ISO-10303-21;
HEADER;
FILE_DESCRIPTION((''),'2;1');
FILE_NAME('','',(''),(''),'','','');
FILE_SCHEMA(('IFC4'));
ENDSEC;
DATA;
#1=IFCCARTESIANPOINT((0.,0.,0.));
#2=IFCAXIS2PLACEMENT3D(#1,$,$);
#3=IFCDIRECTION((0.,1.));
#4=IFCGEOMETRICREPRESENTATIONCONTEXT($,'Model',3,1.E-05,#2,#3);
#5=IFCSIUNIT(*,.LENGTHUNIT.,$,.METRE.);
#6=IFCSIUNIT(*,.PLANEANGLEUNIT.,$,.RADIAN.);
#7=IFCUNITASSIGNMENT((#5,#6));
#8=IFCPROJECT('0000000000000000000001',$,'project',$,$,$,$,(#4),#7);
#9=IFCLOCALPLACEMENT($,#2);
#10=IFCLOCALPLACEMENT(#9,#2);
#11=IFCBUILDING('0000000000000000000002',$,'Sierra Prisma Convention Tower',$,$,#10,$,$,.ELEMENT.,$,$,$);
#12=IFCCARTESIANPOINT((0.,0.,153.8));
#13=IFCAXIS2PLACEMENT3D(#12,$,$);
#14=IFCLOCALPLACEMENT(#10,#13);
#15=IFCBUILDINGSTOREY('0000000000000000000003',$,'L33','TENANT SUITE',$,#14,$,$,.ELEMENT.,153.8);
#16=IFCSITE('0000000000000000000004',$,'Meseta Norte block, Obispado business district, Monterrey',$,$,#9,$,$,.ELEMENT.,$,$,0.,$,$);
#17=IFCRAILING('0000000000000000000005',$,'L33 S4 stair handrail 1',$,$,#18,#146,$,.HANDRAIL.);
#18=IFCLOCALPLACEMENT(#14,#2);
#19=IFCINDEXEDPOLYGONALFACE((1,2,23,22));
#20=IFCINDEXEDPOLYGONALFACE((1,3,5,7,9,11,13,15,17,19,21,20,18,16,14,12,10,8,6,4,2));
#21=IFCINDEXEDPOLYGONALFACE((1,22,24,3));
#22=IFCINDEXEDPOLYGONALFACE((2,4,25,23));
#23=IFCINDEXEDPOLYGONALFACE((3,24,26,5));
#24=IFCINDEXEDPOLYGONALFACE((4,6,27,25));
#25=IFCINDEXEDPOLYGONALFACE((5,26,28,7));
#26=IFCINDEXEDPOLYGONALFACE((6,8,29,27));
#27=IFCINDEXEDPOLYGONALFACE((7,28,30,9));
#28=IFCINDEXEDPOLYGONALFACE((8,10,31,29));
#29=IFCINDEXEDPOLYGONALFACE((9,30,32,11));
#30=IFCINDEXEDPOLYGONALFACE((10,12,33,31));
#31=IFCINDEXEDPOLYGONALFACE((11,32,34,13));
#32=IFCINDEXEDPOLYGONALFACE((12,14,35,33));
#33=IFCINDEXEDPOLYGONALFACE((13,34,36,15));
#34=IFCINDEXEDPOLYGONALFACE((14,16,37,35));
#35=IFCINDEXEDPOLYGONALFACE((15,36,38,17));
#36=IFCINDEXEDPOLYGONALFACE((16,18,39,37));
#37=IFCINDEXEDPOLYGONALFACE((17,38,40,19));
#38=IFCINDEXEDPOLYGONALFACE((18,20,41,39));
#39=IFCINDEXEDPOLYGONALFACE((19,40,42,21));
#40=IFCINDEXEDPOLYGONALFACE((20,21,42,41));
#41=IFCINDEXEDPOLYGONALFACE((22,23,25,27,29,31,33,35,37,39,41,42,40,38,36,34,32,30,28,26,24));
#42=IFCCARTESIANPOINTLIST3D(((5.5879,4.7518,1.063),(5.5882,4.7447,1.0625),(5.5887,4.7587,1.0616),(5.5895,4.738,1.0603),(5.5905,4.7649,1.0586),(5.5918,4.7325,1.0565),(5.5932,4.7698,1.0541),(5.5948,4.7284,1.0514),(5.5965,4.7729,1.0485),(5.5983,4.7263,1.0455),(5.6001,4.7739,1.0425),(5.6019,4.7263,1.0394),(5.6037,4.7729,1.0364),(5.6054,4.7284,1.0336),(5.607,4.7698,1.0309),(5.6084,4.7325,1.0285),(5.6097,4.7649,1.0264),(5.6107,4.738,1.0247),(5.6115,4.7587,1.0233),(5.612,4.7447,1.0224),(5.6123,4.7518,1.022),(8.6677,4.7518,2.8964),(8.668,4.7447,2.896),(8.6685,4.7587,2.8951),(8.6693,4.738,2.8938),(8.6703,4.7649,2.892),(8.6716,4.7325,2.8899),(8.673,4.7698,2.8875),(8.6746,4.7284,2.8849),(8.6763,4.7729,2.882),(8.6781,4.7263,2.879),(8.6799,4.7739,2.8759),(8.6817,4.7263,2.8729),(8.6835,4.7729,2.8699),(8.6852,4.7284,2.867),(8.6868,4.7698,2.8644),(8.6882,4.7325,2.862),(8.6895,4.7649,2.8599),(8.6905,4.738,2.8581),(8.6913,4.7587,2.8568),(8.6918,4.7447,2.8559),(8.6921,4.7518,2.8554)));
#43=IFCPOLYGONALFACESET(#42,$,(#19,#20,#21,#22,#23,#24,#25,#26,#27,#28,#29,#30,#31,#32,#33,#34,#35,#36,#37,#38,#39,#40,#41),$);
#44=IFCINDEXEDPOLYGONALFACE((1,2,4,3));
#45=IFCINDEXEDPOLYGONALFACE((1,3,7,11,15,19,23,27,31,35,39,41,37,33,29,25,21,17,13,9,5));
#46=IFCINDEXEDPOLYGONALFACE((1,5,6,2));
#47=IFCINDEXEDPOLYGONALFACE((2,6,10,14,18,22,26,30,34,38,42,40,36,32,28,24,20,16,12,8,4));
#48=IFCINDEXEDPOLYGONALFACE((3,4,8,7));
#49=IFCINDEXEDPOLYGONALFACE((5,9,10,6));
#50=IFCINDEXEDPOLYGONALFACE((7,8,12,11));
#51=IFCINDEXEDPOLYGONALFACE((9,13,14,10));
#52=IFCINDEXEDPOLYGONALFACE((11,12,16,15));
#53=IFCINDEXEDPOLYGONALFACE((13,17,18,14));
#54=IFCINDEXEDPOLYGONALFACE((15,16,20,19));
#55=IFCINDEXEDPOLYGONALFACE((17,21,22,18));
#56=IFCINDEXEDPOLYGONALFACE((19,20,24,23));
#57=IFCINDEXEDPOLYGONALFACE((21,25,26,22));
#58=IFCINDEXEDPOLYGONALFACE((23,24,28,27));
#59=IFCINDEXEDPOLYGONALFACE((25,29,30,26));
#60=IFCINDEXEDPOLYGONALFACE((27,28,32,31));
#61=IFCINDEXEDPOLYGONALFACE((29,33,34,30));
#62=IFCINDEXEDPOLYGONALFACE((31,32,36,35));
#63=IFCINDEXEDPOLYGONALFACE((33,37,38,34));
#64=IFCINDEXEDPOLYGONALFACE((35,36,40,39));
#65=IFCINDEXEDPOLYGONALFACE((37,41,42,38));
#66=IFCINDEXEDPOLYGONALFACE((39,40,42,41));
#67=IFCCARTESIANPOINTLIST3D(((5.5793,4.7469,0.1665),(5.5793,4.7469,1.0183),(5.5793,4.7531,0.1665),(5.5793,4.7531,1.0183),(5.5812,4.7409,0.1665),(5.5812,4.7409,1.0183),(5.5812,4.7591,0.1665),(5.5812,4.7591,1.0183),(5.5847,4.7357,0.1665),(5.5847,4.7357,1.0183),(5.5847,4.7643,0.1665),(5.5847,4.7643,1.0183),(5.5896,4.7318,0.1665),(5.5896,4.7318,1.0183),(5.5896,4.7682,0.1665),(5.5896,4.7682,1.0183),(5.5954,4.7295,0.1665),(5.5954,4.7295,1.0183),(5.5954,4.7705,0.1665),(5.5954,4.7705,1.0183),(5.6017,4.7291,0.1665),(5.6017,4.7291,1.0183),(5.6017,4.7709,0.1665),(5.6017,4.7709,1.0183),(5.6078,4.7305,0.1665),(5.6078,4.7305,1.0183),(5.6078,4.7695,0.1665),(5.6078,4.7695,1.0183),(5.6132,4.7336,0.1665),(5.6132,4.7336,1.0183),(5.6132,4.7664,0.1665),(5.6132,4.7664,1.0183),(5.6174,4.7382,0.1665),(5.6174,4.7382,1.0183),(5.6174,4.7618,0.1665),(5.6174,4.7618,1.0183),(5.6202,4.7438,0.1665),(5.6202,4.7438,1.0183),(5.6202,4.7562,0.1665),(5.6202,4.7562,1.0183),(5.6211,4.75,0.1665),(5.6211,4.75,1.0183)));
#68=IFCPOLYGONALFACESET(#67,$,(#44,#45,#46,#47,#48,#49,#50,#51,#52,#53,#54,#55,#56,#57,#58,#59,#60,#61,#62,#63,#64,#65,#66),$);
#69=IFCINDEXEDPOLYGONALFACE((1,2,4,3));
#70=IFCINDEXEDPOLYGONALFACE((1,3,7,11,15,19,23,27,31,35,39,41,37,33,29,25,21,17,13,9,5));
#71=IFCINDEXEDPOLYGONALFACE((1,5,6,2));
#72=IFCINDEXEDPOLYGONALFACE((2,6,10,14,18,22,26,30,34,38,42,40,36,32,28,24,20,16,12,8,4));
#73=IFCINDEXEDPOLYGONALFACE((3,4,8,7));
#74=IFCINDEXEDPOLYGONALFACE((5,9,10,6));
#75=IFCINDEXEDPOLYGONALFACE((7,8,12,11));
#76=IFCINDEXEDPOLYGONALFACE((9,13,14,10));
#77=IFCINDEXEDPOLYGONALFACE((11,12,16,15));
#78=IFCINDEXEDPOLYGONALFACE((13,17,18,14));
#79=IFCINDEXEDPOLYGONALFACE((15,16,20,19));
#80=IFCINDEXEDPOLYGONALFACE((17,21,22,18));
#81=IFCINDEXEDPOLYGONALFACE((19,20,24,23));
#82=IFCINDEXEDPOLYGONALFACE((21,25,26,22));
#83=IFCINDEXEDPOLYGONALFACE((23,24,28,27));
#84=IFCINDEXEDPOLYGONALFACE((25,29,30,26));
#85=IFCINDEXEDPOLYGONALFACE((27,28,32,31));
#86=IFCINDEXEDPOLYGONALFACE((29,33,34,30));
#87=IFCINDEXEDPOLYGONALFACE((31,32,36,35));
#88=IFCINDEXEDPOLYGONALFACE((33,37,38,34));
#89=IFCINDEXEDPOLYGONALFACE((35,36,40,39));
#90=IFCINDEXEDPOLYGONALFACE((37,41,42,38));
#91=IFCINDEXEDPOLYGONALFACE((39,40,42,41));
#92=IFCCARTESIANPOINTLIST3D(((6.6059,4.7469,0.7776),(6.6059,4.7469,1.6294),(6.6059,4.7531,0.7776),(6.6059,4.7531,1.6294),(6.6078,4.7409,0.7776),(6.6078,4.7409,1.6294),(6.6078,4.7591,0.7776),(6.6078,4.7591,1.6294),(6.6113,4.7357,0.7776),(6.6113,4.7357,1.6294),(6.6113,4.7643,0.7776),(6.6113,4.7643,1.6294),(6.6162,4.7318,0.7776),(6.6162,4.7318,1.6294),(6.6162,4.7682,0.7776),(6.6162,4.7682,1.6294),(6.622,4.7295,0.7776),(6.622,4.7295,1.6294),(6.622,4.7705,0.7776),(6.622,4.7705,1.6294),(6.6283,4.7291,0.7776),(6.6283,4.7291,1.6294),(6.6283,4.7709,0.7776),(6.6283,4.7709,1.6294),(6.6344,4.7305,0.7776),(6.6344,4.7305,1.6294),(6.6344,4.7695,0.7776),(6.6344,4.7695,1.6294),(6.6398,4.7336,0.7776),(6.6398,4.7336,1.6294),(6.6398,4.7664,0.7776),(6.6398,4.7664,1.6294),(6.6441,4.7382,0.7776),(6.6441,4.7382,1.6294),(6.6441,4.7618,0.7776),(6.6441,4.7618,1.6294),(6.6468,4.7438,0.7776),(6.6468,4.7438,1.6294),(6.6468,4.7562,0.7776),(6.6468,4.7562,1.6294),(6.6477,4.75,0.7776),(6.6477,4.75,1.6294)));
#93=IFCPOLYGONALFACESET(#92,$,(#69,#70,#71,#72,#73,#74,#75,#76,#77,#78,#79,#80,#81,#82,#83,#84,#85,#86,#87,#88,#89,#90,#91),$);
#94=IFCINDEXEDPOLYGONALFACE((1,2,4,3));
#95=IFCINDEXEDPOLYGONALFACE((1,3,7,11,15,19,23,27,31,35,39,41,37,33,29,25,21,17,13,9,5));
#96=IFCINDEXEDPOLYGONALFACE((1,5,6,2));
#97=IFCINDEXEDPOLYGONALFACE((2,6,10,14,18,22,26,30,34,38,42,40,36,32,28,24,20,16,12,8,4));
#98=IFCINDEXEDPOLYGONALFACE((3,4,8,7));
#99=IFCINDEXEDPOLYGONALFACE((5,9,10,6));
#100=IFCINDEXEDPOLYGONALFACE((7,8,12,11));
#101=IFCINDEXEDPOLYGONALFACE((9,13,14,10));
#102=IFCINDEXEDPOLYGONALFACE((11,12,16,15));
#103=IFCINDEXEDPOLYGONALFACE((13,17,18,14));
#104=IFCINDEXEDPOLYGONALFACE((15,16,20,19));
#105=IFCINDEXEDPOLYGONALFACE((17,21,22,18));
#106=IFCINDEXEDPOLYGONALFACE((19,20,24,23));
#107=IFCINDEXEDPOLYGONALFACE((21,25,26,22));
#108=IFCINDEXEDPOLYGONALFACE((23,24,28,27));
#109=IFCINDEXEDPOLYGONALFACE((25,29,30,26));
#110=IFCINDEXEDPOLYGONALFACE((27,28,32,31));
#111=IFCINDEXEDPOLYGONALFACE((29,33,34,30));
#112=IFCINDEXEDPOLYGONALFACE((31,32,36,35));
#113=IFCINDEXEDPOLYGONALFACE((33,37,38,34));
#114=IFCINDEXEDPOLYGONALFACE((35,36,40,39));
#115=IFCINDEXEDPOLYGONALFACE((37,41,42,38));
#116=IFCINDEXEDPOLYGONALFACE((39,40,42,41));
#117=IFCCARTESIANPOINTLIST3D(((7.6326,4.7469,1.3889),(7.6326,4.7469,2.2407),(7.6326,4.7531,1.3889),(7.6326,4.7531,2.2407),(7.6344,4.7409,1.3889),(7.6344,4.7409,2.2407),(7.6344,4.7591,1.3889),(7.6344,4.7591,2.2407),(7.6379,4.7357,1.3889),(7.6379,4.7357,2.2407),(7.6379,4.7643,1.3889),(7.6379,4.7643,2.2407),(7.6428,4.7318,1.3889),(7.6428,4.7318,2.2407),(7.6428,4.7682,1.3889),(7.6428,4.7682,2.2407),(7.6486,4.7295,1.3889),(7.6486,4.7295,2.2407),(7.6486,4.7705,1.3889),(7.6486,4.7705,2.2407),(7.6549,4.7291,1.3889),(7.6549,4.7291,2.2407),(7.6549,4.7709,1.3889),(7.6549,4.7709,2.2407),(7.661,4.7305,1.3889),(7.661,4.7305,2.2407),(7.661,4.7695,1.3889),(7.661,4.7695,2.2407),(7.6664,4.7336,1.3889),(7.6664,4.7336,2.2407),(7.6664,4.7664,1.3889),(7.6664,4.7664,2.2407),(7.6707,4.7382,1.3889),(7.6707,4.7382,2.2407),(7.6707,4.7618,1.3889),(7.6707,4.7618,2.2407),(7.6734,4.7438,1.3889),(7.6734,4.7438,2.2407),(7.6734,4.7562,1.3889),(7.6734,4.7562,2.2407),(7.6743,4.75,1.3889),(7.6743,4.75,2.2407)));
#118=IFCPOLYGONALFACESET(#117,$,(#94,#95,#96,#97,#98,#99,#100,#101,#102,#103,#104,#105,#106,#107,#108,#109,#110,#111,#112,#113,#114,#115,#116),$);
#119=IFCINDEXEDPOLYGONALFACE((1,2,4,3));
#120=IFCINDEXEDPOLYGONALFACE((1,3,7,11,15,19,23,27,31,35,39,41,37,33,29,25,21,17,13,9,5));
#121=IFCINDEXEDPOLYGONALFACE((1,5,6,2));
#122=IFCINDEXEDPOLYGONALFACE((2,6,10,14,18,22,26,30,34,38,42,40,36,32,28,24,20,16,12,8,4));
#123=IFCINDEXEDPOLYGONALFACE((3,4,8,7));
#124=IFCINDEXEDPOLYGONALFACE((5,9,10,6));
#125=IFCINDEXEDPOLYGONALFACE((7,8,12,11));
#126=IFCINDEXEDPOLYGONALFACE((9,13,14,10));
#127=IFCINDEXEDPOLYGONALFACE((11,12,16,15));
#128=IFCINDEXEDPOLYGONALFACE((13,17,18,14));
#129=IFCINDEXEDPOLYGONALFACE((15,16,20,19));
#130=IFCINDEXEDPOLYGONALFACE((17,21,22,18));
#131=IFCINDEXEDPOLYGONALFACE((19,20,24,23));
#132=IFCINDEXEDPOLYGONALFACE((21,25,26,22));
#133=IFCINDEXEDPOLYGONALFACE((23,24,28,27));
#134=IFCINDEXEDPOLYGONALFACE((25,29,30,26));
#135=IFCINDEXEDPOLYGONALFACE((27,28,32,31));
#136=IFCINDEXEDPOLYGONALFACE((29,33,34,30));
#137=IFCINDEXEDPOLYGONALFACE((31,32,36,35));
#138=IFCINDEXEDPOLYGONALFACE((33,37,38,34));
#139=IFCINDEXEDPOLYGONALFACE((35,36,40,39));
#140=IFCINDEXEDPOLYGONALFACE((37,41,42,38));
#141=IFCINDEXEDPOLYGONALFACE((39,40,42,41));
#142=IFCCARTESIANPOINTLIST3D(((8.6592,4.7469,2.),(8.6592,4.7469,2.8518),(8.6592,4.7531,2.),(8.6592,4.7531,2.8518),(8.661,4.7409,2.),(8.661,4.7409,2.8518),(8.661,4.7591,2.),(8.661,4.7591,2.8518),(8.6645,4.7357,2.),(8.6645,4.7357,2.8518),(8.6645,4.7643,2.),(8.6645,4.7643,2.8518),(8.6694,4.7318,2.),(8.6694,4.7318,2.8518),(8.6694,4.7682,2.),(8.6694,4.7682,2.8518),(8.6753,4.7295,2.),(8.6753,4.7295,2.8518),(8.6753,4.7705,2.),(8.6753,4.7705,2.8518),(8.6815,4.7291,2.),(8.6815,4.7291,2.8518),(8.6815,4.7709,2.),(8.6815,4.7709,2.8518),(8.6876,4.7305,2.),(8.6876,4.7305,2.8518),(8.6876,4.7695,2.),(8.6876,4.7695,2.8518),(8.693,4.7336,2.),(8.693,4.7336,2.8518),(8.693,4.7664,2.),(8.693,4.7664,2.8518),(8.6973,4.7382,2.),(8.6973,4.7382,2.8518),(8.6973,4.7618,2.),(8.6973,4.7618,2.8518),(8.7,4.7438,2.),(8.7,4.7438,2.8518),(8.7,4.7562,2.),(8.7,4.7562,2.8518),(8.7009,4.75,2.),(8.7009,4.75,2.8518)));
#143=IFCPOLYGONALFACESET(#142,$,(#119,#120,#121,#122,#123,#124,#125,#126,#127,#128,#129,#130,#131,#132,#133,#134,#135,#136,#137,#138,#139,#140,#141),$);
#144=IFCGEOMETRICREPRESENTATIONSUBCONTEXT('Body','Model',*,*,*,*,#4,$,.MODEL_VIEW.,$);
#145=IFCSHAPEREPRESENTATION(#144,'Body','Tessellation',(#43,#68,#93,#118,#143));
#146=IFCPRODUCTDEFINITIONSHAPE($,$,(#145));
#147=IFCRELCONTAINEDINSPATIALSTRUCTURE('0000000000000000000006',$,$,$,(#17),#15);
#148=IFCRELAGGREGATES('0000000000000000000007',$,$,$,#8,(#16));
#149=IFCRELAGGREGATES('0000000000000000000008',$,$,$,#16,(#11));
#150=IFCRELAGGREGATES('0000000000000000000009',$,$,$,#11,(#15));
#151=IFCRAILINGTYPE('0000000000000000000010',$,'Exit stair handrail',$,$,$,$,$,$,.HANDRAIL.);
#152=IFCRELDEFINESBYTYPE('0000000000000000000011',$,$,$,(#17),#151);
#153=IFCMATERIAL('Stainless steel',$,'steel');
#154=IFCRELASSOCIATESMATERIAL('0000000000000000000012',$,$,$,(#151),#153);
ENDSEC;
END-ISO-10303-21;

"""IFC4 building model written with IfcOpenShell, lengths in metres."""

from ifc_helpers import new_model, si_unit, direction, frame, origin, origin_2d, place, context, subcontext, project, spatial, circle, extrude, material, type_object, element, save


model = new_model("IFC4")

# Units and contexts
model_context = context("Model", 3, precision=1e-05, world=origin(), true_north=direction((0.0, 1.0)))
body_context = subcontext(model_context, "Body", "Model", "MODEL_VIEW")
ifc_project = project(units=[si_unit("LENGTHUNIT", "METRE"), si_unit("PLANEANGLEUNIT", "RADIAN")], contexts=[model_context])

# Site, building, storey
site_placement = place(None, origin())
site = spatial("IfcSite", under=ifc_project, at=site_placement, Name="Meseta Norte block, Obispado business district, Monterrey", CompositionType="ELEMENT", RefElevation=0.0)
building_placement = place(site_placement, origin())
building = spatial("IfcBuilding", under=site, at=building_placement, Name="Sierra Prisma Convention Tower", CompositionType="ELEMENT")
storey_placement = place(building_placement, frame((0.0, 0.0, 153.8)))
storey = spatial("IfcBuildingStorey", under=building, at=storey_placement, Name="L33", Description="TENANT SUITE", CompositionType="ELEMENT", Elevation=153.8)

# Railing
ifc_material_1 = material(Name="Stainless steel", Category="steel")
railing_type_1 = type_object("IfcRailingType", Name="Exit stair handrail", PredefinedType="HANDRAIL", material=ifc_material_1)
railing_1_placement = place(storey_placement, frame((5.6001, 4.75, 0.1665)))
element("IfcRailing", 1, at=railing_1_placement, inside=storey, type_object=railing_type_1, Name="L33 S4 stair handrail 1", PredefinedType="HANDRAIL", context=body_context, shape_type="SweptSolid", body=[
    extrude(circle(Radius=0.0239, at=origin_2d()), frame((0.0, 0.0, 0.876), z_axis=(0.859261, 0.0, 0.511538), x_axis=(0.0, 1.0, 0.0)), (0.0, 0.0, 1.0), 3.5842),
    extrude(circle(Radius=0.021, at=origin_2d()), origin(), (0.0, 0.0, 1.0), 0.8518),
    extrude(circle(Radius=0.021, at=origin_2d()), frame((1.0266, 0.0, 0.6111)), (0.0, 0.0, 1.0), 0.8518),
    extrude(circle(Radius=0.021, at=origin_2d()), frame((2.0532, 0.0, 1.2224)), (0.0, 0.0, 1.0), 0.8518),
    extrude(circle(Radius=0.021, at=origin_2d()), frame((3.0798, 0.0, 1.8335)), (0.0, 0.0, 1.0), 0.8518),
])

save(model, "model.ifc")
